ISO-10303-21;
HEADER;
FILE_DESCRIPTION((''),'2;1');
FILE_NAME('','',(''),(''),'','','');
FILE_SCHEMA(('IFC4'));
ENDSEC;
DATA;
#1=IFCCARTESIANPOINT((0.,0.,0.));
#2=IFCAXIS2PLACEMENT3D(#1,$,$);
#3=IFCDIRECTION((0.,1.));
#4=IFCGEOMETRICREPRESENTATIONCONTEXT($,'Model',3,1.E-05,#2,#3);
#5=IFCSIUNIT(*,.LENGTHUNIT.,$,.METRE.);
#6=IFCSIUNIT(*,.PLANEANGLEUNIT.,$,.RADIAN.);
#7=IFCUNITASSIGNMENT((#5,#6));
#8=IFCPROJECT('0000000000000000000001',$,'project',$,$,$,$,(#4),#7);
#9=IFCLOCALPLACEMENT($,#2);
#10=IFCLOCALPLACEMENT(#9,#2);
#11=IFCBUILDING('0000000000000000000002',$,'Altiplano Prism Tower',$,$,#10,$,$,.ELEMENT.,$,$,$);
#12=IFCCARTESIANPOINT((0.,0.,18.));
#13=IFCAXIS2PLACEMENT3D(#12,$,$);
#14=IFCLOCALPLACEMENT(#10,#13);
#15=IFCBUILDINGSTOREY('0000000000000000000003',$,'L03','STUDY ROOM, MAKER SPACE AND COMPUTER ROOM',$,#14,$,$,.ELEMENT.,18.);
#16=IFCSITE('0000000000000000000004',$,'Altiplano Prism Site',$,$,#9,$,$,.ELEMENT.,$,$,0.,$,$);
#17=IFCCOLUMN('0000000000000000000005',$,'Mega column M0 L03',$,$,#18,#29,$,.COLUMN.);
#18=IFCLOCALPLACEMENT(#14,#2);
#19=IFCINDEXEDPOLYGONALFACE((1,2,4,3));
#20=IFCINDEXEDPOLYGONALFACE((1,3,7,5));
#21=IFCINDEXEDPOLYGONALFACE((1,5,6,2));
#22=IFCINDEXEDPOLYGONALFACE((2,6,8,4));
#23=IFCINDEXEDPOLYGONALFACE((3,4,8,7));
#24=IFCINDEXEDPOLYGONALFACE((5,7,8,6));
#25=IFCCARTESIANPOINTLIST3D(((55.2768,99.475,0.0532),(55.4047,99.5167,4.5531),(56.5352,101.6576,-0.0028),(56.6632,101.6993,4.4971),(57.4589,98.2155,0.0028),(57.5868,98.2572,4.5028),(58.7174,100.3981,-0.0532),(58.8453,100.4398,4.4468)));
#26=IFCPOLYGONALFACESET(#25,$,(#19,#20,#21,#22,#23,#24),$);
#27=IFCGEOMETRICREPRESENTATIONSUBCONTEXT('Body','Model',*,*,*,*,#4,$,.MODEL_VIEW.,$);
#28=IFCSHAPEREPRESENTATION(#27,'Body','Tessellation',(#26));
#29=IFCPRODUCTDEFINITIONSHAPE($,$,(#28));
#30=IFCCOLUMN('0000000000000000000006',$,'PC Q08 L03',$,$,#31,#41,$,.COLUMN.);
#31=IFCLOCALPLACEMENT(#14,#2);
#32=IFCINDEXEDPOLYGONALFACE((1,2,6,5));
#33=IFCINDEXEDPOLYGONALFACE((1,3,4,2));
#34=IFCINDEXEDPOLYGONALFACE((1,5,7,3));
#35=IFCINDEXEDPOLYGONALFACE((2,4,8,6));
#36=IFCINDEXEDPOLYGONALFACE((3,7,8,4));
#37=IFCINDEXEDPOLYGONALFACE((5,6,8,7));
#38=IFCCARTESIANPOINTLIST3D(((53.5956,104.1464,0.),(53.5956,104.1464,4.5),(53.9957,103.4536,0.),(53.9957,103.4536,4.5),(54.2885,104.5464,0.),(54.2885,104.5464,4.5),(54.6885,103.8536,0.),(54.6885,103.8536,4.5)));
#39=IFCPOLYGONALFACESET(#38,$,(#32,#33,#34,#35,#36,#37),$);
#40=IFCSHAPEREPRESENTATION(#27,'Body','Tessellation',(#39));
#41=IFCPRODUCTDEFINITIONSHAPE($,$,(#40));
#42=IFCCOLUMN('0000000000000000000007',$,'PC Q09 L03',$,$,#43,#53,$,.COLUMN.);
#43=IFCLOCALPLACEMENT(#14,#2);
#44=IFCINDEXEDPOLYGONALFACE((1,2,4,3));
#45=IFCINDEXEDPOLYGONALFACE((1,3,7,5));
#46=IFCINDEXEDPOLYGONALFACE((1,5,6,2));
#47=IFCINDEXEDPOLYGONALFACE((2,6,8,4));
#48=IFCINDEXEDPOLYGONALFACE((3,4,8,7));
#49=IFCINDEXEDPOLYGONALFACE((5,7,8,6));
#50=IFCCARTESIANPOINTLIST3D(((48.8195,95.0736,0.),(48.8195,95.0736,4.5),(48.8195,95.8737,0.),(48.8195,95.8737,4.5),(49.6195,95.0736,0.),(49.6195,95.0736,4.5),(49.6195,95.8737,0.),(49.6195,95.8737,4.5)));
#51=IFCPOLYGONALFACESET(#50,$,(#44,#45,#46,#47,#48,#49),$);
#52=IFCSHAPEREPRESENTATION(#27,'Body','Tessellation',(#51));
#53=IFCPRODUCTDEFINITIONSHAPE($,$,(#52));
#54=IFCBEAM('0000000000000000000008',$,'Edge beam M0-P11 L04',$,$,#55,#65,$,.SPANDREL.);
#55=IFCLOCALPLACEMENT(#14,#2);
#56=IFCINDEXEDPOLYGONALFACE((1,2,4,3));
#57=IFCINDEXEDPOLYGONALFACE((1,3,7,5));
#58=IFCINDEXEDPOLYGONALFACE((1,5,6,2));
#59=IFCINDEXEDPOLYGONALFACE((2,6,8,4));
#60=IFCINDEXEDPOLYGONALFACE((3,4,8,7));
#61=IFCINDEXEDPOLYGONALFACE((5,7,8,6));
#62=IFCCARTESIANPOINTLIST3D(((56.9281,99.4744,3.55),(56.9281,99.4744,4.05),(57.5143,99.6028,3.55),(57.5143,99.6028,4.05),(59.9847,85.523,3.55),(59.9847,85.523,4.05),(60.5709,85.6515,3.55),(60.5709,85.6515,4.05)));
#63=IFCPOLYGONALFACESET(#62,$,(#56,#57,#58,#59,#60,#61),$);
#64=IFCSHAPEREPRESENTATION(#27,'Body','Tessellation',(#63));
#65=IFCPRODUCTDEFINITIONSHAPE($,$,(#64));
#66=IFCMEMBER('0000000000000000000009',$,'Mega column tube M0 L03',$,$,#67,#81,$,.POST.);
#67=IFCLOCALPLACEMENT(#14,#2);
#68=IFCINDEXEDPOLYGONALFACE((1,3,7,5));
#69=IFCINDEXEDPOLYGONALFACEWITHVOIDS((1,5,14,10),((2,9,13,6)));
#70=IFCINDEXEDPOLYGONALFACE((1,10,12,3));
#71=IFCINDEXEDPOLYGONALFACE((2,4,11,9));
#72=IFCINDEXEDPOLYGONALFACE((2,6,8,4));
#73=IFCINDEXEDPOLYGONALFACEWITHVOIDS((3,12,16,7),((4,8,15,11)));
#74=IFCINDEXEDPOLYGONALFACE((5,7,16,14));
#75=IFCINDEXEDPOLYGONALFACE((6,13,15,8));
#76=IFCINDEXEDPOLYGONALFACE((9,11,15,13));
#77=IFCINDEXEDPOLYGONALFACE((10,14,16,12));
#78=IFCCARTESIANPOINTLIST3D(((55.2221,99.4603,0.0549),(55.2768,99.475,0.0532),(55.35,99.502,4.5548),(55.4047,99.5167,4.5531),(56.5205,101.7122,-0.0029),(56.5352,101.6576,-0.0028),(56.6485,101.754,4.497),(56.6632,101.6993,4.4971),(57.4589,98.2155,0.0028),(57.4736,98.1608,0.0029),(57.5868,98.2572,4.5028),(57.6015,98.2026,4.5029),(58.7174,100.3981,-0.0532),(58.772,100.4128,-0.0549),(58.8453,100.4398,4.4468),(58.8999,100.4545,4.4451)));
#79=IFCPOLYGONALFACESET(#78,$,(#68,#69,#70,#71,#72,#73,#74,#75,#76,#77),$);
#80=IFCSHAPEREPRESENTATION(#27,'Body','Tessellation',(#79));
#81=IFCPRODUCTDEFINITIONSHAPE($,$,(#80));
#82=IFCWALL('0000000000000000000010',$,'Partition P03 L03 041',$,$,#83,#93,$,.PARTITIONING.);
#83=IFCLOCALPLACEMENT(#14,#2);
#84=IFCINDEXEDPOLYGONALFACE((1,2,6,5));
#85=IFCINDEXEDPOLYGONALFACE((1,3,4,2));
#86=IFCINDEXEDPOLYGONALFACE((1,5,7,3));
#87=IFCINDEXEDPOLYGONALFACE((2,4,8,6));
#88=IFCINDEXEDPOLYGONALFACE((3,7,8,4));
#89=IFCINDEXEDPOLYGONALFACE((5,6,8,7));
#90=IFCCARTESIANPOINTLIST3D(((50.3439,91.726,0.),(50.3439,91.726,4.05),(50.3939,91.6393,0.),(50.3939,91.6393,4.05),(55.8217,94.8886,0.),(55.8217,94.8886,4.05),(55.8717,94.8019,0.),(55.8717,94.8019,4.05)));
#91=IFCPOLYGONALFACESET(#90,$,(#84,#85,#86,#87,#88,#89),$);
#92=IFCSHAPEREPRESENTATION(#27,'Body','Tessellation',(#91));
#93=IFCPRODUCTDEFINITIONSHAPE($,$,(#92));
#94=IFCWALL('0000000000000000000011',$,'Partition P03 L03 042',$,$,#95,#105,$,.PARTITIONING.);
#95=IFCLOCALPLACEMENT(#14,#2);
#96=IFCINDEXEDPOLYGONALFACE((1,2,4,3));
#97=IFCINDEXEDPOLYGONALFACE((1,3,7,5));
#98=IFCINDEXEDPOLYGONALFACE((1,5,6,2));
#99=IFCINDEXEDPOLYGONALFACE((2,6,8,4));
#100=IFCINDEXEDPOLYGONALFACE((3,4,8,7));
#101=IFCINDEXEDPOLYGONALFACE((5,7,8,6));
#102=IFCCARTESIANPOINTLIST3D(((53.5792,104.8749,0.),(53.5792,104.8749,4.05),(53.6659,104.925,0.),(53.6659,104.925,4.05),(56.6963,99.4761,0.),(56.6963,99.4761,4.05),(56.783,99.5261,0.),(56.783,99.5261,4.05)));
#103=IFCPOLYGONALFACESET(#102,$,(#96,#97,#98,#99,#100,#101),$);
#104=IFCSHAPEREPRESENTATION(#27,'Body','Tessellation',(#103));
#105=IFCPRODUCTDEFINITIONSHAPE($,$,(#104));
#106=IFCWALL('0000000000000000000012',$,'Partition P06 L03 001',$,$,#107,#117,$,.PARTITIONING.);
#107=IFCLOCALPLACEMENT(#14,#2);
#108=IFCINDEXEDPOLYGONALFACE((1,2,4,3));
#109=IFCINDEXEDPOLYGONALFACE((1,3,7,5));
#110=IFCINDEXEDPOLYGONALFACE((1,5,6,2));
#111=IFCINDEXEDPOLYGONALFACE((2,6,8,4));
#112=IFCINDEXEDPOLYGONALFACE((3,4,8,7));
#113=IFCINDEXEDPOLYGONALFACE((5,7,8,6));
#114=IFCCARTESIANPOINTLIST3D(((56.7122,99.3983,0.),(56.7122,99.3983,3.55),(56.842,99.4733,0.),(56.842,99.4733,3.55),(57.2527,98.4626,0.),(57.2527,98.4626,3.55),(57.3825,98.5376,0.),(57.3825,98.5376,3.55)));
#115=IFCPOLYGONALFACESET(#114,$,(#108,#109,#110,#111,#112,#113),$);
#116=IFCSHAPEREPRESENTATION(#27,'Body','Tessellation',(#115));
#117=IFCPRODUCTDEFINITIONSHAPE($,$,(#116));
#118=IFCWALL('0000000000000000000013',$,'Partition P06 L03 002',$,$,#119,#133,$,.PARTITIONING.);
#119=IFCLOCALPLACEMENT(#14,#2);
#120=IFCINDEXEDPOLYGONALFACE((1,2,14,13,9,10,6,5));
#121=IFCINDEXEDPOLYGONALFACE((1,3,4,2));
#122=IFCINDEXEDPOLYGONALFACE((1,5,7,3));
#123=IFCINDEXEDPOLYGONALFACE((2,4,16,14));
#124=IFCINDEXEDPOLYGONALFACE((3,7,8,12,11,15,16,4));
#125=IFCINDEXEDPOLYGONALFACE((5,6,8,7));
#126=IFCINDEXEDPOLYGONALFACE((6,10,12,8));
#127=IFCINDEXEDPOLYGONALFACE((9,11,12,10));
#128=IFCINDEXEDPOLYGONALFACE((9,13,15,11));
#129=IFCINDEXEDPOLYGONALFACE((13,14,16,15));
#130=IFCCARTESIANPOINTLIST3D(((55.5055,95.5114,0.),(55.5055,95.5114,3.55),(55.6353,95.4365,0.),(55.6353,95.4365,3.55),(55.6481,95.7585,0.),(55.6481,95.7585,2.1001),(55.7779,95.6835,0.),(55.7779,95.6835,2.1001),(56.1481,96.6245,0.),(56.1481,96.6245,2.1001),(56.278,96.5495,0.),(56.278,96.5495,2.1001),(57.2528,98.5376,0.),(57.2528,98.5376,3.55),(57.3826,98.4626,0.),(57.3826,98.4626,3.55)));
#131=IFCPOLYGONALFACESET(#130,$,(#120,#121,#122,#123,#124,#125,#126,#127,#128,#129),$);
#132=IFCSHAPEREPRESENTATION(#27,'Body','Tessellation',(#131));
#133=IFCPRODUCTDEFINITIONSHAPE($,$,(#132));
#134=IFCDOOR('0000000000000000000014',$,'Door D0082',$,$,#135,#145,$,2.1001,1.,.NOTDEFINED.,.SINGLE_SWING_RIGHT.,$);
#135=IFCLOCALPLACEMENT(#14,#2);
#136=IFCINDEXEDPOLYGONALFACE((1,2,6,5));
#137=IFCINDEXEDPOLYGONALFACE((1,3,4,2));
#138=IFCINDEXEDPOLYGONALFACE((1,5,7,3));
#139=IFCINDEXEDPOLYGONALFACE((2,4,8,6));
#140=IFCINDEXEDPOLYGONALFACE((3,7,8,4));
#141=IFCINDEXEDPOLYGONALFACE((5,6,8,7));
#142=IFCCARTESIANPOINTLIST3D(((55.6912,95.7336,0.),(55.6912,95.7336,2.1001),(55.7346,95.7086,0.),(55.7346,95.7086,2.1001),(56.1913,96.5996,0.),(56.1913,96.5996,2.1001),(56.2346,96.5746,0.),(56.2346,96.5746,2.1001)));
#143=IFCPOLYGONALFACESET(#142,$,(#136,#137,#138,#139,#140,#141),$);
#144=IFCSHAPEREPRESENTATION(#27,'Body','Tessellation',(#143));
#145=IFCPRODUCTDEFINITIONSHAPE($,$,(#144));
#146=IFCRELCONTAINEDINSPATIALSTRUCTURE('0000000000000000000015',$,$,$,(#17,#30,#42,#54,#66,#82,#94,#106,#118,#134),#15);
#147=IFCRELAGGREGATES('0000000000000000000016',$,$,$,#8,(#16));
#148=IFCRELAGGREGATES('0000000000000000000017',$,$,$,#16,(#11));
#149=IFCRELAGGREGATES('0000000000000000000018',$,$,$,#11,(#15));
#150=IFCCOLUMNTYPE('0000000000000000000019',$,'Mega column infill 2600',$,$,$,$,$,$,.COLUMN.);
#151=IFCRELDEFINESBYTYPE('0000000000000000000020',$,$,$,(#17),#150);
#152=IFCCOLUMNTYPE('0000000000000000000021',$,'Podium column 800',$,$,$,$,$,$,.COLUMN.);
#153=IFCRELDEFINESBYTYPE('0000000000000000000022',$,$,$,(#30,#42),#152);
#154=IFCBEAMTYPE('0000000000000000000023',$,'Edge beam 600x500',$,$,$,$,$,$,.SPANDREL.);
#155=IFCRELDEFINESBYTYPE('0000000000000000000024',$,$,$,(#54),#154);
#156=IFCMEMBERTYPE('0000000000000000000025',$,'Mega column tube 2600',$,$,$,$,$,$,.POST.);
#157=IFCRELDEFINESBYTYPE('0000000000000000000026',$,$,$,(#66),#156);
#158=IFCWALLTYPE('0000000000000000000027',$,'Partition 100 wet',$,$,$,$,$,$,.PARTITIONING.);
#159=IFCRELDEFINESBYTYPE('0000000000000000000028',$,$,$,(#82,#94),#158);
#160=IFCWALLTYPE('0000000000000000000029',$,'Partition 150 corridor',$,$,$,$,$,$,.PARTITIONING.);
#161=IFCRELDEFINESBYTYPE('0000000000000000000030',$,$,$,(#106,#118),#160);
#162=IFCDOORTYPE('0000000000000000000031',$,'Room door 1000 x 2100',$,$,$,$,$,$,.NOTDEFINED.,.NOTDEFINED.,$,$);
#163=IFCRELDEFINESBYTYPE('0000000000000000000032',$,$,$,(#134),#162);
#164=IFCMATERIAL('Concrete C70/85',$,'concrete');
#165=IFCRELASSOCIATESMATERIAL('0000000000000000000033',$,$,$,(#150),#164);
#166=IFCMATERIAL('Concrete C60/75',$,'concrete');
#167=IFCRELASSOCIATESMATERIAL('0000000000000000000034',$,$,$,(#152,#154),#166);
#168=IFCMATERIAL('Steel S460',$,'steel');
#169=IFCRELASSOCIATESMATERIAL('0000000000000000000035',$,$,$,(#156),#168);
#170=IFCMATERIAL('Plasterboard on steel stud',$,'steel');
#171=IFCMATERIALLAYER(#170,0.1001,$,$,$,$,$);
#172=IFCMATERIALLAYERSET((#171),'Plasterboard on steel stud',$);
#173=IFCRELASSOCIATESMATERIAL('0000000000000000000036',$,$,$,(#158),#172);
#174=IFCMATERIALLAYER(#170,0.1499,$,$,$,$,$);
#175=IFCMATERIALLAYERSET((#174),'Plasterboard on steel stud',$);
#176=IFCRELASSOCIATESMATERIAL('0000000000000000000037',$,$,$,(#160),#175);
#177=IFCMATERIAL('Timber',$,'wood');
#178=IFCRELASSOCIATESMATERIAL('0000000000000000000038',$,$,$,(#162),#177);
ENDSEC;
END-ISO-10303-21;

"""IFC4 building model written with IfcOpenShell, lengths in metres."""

from ifc_helpers import new_model, si_unit, direction, frame, frame_2d, origin, origin_2d, place, context, subcontext, project, spatial, rectangle, hollow_rectangle, extrude, material, layer, layer_set, material_profile, profile_set, type_object, element, fill, save


model = new_model("IFC4")

# Units and contexts
model_context = context("Model", 3, precision=1e-05, world=origin(), true_north=direction((0.0, 1.0)))
body_context = subcontext(model_context, "Body", "Model", "MODEL_VIEW")
ifc_project = project(units=[si_unit("LENGTHUNIT", "METRE"), si_unit("PLANEANGLEUNIT", "RADIAN")], contexts=[model_context])

# Site, building, storey
site_placement = place(None, origin())
site = spatial("IfcSite", under=ifc_project, at=site_placement, Name="Altiplano Prism Site", CompositionType="ELEMENT", RefElevation=0.0)
building_placement = place(site_placement, origin())
building = spatial("IfcBuilding", under=site, at=building_placement, Name="Altiplano Prism Tower", CompositionType="ELEMENT")
storey_placement = place(building_placement, frame((0.0, 0.0, 18.0)))
storey = spatial("IfcBuildingStorey", under=building, at=storey_placement, Name="L03", Description="STUDY ROOM, MAKER SPACE AND COMPUTER ROOM", CompositionType="ELEMENT", Elevation=18.0)

# Columns
ifc_material_1 = material(Name="Concrete C70/85", Category="concrete")
ifc_material_profile_1 = material_profile(ifc_material_1, rectangle(XDim=2.52, YDim=2.52, at=origin_2d()), Name="Mega column infill 2600")
ifc_profile_set_1 = profile_set([ifc_material_profile_1], Name="Concrete C70/85")
column_type_1 = type_object("IfcColumnType", Name="Mega column infill 2600", PredefinedType="COLUMN", material=ifc_profile_set_1)
column_placement = place(storey_placement, frame((56.9971, 99.9365, 0.0), z_axis=(0.028416, 0.009273, 0.999553), x_axis=(-0.865919, 0.499785, 0.01998)))
element("IfcColumn", 1, at=column_placement, inside=storey, type_object=column_type_1, Name="Mega column M0 L03", PredefinedType="COLUMN", context=body_context, shape_type="SweptSolid", body=[
    extrude(rectangle(XDim=2.52, YDim=2.52, at=origin_2d()), origin(), (0.0, 0.0, 1.0), 4.502),
])
ifc_material_2 = material(Name="Concrete C60/75", Category="concrete")
ifc_material_profile_2 = material_profile(ifc_material_2, rectangle(XDim=0.8, YDim=0.8, at=origin_2d()), Name="Podium column 800")
ifc_profile_set_2 = profile_set([ifc_material_profile_2], Name="Concrete C60/75")
column_type_2 = type_object("IfcColumnType", Name="Podium column 800", PredefinedType="COLUMN", material=ifc_profile_set_2)
for number, where, z_axis, x_axis, name in (
    (2, (54.1421, 104.0, 0.0), (0.0, 0.0, 1.0), (0.866025, 0.5, 0.0), "PC Q08 L03"),
    (3, (49.2195, 95.4736, 0.0), (0.0, 0.0, 1.0), (1.0, 0.0, 0.0), "PC Q09 L03"),
):
    element("IfcColumn", number, at=place(storey_placement, frame(where, z_axis=z_axis, x_axis=x_axis)), inside=storey, type_object=column_type_2, Name=name, PredefinedType="COLUMN", context=body_context, shape_type="SweptSolid", body=[
        extrude(rectangle(XDim=0.8, YDim=0.8, at=origin_2d()), origin(), (0.0, 0.0, 1.0), 4.5),
    ])

# Beam
ifc_material_profile_3 = material_profile(ifc_material_2, rectangle(XDim=0.6001, YDim=0.5, at=origin_2d()), Name="Edge beam 600x500")
ifc_profile_set_3 = profile_set([ifc_material_profile_3], Name="Concrete C60/75")
beam_type = type_object("IfcBeamType", Name="Edge beam 600x500", PredefinedType="SPANDREL", material=ifc_profile_set_3)
beam_placement = place(storey_placement, frame((57.2212, 99.5386, 3.8), z_axis=(0.214015, -0.97683, 0.0), x_axis=(0.97683, 0.214015, 0.0)))
element("IfcBeam", 4, at=beam_placement, inside=storey, type_object=beam_type, Name="Edge beam M0-P11 L04", PredefinedType="SPANDREL", context=body_context, shape_type="SweptSolid", body=[
    extrude(rectangle(XDim=0.6001, YDim=0.5, at=origin_2d()), origin(), (0.0, 0.0, 1.0), 14.2822),
])

# Member
ifc_material_3 = material(Name="Steel S460", Category="steel")
ifc_material_profile_4 = material_profile(ifc_material_3, hollow_rectangle(XDim=2.6001, YDim=2.6001, WallThickness=0.04, at=origin_2d()), Name="Mega column tube 2600")
ifc_profile_set_4 = profile_set([ifc_material_profile_4], Name="Steel S460")
member_type = type_object("IfcMemberType", Name="Mega column tube 2600", PredefinedType="POST", material=ifc_profile_set_4)
member_placement = place(storey_placement, frame((56.9971, 99.9365, 0.0), z_axis=(0.028416, 0.009273, 0.999553), x_axis=(-0.865919, 0.499785, 0.01998)))
element("IfcMember", 5, at=member_placement, inside=storey, type_object=member_type, Name="Mega column tube M0 L03", PredefinedType="POST", context=body_context, shape_type="SweptSolid", body=[
    extrude(hollow_rectangle(XDim=2.6001, YDim=2.6001, WallThickness=0.04, at=origin_2d()), origin(), (0.0, 0.0, 1.0), 4.502),
])

# Walls
ifc_material_4 = material(Name="Plasterboard on steel stud", Category="steel")
ifc_layer_1 = layer(ifc_material_4, 0.1001)
ifc_layer_set_1 = layer_set([ifc_layer_1], Name="Plasterboard on steel stud")
wall_type_1 = type_object("IfcWallType", Name="Partition 100 wet", PredefinedType="PARTITIONING", material=ifc_layer_set_1)
wall_1_placement = place(storey_placement, frame((50.3689, 91.6826, 0.0), z_axis=(0.0, 0.0, 1.0), x_axis=(0.866026, 0.5, 0.0)))
element("IfcWall", 6, at=wall_1_placement, inside=storey, type_object=wall_type_1, Name="Partition P03 L03 041", PredefinedType="PARTITIONING", context=body_context, shape_type="SweptSolid", body=[
    extrude(rectangle(XDim=6.3252, YDim=0.1001, at=frame_2d((3.1626, 0.0))), origin(), (0.0, 0.0, 1.0), 4.05),
])
wall_2_placement = place(storey_placement, frame((56.7397, 99.501, 0.0), z_axis=(0.0, 0.0, 1.0), x_axis=(-0.500014, 0.866017, 0.0)))
element("IfcWall", 7, at=wall_2_placement, inside=storey, type_object=wall_type_1, Name="Partition P03 L03 042", PredefinedType="PARTITIONING", context=body_context, shape_type="SweptSolid", body=[
    extrude(rectangle(XDim=6.2341, YDim=0.1001, at=frame_2d((3.1172, 0.0))), origin(), (0.0, 0.0, 1.0), 4.05),
])
ifc_layer_2 = layer(ifc_material_4, 0.1499)
ifc_layer_set_2 = layer_set([ifc_layer_2], Name="Plasterboard on steel stud")
wall_type_2 = type_object("IfcWallType", Name="Partition 150 corridor", PredefinedType="PARTITIONING", material=ifc_layer_set_2)
wall_3_placement = place(storey_placement, frame((56.7771, 99.4358, 0.0), z_axis=(0.0, 0.0, 1.0), x_axis=(0.500172, -0.865926, 0.0)))
element("IfcWall", 8, at=wall_3_placement, inside=storey, type_object=wall_type_2, Name="Partition P06 L03 001", PredefinedType="PARTITIONING", context=body_context, shape_type="SweptSolid", body=[
    extrude(rectangle(XDim=1.0806, YDim=0.1499, at=frame_2d((0.5403, 0.0))), origin(), (0.0, 0.0, 1.0), 3.55),
])

# Wall, opening, door
wall_4_placement = place(storey_placement, frame((57.3176, 98.5, 0.0), z_axis=(0.0, 0.0, 1.0), x_axis=(-0.500039, -0.866003, 0.0)))
wall_4 = element("IfcWall", 9, at=wall_4_placement, inside=storey, type_object=wall_type_2, Name="Partition P06 L03 002", PredefinedType="PARTITIONING", context=body_context, shape_type="SweptSolid", body=[
    extrude(rectangle(XDim=3.4944, YDim=0.1499, at=frame_2d((1.7471, 0.0))), origin(), (0.0, 0.0, 1.0), 3.55),
])
opening_1_placement = place(wall_4_placement, frame((2.209, 0.0, 0.0)))
opening_1 = element("IfcOpeningElement", 10, at=opening_1_placement, cuts=wall_4, PredefinedType="OPENING", context=body_context, shape_type="SweptSolid", body=[
    extrude(rectangle(XDim=1.0, YDim=2.1001, at=frame_2d((0.5, 1.05))), frame((0.0, 0.0854, 0.0), z_axis=(0.0, -1.0, 0.0), x_axis=(1.0, 0.0, 0.0)), (0.0, 0.0, 1.0), 0.1709),
])
ifc_material_5 = material(Name="Timber", Category="wood")
door_type_1 = type_object("IfcDoorType", Name="Room door 1000 x 2100", OperationType="NOTDEFINED", PredefinedType="NOTDEFINED", material=ifc_material_5)
door_1_placement = place(opening_1_placement, origin())
door_1 = element("IfcDoor", 11, at=door_1_placement, inside=storey, type_object=door_type_1, Name="Door D0082", OperationType="SINGLE_SWING_RIGHT", OverallHeight=2.1001, OverallWidth=1.0, PredefinedType="NOTDEFINED", context=body_context, shape_type="SweptSolid", body=[
    extrude(rectangle(XDim=1.0, YDim=2.1001, at=frame_2d((0.5, 1.05))), frame((0.0, 0.0249, 0.0), z_axis=(0.0, -1.0, 0.0), x_axis=(1.0, 0.0, 0.0)), (0.0, 0.0, 1.0), 0.05),
])
fill(opening_1, door_1)

save(model, "model.ifc")
